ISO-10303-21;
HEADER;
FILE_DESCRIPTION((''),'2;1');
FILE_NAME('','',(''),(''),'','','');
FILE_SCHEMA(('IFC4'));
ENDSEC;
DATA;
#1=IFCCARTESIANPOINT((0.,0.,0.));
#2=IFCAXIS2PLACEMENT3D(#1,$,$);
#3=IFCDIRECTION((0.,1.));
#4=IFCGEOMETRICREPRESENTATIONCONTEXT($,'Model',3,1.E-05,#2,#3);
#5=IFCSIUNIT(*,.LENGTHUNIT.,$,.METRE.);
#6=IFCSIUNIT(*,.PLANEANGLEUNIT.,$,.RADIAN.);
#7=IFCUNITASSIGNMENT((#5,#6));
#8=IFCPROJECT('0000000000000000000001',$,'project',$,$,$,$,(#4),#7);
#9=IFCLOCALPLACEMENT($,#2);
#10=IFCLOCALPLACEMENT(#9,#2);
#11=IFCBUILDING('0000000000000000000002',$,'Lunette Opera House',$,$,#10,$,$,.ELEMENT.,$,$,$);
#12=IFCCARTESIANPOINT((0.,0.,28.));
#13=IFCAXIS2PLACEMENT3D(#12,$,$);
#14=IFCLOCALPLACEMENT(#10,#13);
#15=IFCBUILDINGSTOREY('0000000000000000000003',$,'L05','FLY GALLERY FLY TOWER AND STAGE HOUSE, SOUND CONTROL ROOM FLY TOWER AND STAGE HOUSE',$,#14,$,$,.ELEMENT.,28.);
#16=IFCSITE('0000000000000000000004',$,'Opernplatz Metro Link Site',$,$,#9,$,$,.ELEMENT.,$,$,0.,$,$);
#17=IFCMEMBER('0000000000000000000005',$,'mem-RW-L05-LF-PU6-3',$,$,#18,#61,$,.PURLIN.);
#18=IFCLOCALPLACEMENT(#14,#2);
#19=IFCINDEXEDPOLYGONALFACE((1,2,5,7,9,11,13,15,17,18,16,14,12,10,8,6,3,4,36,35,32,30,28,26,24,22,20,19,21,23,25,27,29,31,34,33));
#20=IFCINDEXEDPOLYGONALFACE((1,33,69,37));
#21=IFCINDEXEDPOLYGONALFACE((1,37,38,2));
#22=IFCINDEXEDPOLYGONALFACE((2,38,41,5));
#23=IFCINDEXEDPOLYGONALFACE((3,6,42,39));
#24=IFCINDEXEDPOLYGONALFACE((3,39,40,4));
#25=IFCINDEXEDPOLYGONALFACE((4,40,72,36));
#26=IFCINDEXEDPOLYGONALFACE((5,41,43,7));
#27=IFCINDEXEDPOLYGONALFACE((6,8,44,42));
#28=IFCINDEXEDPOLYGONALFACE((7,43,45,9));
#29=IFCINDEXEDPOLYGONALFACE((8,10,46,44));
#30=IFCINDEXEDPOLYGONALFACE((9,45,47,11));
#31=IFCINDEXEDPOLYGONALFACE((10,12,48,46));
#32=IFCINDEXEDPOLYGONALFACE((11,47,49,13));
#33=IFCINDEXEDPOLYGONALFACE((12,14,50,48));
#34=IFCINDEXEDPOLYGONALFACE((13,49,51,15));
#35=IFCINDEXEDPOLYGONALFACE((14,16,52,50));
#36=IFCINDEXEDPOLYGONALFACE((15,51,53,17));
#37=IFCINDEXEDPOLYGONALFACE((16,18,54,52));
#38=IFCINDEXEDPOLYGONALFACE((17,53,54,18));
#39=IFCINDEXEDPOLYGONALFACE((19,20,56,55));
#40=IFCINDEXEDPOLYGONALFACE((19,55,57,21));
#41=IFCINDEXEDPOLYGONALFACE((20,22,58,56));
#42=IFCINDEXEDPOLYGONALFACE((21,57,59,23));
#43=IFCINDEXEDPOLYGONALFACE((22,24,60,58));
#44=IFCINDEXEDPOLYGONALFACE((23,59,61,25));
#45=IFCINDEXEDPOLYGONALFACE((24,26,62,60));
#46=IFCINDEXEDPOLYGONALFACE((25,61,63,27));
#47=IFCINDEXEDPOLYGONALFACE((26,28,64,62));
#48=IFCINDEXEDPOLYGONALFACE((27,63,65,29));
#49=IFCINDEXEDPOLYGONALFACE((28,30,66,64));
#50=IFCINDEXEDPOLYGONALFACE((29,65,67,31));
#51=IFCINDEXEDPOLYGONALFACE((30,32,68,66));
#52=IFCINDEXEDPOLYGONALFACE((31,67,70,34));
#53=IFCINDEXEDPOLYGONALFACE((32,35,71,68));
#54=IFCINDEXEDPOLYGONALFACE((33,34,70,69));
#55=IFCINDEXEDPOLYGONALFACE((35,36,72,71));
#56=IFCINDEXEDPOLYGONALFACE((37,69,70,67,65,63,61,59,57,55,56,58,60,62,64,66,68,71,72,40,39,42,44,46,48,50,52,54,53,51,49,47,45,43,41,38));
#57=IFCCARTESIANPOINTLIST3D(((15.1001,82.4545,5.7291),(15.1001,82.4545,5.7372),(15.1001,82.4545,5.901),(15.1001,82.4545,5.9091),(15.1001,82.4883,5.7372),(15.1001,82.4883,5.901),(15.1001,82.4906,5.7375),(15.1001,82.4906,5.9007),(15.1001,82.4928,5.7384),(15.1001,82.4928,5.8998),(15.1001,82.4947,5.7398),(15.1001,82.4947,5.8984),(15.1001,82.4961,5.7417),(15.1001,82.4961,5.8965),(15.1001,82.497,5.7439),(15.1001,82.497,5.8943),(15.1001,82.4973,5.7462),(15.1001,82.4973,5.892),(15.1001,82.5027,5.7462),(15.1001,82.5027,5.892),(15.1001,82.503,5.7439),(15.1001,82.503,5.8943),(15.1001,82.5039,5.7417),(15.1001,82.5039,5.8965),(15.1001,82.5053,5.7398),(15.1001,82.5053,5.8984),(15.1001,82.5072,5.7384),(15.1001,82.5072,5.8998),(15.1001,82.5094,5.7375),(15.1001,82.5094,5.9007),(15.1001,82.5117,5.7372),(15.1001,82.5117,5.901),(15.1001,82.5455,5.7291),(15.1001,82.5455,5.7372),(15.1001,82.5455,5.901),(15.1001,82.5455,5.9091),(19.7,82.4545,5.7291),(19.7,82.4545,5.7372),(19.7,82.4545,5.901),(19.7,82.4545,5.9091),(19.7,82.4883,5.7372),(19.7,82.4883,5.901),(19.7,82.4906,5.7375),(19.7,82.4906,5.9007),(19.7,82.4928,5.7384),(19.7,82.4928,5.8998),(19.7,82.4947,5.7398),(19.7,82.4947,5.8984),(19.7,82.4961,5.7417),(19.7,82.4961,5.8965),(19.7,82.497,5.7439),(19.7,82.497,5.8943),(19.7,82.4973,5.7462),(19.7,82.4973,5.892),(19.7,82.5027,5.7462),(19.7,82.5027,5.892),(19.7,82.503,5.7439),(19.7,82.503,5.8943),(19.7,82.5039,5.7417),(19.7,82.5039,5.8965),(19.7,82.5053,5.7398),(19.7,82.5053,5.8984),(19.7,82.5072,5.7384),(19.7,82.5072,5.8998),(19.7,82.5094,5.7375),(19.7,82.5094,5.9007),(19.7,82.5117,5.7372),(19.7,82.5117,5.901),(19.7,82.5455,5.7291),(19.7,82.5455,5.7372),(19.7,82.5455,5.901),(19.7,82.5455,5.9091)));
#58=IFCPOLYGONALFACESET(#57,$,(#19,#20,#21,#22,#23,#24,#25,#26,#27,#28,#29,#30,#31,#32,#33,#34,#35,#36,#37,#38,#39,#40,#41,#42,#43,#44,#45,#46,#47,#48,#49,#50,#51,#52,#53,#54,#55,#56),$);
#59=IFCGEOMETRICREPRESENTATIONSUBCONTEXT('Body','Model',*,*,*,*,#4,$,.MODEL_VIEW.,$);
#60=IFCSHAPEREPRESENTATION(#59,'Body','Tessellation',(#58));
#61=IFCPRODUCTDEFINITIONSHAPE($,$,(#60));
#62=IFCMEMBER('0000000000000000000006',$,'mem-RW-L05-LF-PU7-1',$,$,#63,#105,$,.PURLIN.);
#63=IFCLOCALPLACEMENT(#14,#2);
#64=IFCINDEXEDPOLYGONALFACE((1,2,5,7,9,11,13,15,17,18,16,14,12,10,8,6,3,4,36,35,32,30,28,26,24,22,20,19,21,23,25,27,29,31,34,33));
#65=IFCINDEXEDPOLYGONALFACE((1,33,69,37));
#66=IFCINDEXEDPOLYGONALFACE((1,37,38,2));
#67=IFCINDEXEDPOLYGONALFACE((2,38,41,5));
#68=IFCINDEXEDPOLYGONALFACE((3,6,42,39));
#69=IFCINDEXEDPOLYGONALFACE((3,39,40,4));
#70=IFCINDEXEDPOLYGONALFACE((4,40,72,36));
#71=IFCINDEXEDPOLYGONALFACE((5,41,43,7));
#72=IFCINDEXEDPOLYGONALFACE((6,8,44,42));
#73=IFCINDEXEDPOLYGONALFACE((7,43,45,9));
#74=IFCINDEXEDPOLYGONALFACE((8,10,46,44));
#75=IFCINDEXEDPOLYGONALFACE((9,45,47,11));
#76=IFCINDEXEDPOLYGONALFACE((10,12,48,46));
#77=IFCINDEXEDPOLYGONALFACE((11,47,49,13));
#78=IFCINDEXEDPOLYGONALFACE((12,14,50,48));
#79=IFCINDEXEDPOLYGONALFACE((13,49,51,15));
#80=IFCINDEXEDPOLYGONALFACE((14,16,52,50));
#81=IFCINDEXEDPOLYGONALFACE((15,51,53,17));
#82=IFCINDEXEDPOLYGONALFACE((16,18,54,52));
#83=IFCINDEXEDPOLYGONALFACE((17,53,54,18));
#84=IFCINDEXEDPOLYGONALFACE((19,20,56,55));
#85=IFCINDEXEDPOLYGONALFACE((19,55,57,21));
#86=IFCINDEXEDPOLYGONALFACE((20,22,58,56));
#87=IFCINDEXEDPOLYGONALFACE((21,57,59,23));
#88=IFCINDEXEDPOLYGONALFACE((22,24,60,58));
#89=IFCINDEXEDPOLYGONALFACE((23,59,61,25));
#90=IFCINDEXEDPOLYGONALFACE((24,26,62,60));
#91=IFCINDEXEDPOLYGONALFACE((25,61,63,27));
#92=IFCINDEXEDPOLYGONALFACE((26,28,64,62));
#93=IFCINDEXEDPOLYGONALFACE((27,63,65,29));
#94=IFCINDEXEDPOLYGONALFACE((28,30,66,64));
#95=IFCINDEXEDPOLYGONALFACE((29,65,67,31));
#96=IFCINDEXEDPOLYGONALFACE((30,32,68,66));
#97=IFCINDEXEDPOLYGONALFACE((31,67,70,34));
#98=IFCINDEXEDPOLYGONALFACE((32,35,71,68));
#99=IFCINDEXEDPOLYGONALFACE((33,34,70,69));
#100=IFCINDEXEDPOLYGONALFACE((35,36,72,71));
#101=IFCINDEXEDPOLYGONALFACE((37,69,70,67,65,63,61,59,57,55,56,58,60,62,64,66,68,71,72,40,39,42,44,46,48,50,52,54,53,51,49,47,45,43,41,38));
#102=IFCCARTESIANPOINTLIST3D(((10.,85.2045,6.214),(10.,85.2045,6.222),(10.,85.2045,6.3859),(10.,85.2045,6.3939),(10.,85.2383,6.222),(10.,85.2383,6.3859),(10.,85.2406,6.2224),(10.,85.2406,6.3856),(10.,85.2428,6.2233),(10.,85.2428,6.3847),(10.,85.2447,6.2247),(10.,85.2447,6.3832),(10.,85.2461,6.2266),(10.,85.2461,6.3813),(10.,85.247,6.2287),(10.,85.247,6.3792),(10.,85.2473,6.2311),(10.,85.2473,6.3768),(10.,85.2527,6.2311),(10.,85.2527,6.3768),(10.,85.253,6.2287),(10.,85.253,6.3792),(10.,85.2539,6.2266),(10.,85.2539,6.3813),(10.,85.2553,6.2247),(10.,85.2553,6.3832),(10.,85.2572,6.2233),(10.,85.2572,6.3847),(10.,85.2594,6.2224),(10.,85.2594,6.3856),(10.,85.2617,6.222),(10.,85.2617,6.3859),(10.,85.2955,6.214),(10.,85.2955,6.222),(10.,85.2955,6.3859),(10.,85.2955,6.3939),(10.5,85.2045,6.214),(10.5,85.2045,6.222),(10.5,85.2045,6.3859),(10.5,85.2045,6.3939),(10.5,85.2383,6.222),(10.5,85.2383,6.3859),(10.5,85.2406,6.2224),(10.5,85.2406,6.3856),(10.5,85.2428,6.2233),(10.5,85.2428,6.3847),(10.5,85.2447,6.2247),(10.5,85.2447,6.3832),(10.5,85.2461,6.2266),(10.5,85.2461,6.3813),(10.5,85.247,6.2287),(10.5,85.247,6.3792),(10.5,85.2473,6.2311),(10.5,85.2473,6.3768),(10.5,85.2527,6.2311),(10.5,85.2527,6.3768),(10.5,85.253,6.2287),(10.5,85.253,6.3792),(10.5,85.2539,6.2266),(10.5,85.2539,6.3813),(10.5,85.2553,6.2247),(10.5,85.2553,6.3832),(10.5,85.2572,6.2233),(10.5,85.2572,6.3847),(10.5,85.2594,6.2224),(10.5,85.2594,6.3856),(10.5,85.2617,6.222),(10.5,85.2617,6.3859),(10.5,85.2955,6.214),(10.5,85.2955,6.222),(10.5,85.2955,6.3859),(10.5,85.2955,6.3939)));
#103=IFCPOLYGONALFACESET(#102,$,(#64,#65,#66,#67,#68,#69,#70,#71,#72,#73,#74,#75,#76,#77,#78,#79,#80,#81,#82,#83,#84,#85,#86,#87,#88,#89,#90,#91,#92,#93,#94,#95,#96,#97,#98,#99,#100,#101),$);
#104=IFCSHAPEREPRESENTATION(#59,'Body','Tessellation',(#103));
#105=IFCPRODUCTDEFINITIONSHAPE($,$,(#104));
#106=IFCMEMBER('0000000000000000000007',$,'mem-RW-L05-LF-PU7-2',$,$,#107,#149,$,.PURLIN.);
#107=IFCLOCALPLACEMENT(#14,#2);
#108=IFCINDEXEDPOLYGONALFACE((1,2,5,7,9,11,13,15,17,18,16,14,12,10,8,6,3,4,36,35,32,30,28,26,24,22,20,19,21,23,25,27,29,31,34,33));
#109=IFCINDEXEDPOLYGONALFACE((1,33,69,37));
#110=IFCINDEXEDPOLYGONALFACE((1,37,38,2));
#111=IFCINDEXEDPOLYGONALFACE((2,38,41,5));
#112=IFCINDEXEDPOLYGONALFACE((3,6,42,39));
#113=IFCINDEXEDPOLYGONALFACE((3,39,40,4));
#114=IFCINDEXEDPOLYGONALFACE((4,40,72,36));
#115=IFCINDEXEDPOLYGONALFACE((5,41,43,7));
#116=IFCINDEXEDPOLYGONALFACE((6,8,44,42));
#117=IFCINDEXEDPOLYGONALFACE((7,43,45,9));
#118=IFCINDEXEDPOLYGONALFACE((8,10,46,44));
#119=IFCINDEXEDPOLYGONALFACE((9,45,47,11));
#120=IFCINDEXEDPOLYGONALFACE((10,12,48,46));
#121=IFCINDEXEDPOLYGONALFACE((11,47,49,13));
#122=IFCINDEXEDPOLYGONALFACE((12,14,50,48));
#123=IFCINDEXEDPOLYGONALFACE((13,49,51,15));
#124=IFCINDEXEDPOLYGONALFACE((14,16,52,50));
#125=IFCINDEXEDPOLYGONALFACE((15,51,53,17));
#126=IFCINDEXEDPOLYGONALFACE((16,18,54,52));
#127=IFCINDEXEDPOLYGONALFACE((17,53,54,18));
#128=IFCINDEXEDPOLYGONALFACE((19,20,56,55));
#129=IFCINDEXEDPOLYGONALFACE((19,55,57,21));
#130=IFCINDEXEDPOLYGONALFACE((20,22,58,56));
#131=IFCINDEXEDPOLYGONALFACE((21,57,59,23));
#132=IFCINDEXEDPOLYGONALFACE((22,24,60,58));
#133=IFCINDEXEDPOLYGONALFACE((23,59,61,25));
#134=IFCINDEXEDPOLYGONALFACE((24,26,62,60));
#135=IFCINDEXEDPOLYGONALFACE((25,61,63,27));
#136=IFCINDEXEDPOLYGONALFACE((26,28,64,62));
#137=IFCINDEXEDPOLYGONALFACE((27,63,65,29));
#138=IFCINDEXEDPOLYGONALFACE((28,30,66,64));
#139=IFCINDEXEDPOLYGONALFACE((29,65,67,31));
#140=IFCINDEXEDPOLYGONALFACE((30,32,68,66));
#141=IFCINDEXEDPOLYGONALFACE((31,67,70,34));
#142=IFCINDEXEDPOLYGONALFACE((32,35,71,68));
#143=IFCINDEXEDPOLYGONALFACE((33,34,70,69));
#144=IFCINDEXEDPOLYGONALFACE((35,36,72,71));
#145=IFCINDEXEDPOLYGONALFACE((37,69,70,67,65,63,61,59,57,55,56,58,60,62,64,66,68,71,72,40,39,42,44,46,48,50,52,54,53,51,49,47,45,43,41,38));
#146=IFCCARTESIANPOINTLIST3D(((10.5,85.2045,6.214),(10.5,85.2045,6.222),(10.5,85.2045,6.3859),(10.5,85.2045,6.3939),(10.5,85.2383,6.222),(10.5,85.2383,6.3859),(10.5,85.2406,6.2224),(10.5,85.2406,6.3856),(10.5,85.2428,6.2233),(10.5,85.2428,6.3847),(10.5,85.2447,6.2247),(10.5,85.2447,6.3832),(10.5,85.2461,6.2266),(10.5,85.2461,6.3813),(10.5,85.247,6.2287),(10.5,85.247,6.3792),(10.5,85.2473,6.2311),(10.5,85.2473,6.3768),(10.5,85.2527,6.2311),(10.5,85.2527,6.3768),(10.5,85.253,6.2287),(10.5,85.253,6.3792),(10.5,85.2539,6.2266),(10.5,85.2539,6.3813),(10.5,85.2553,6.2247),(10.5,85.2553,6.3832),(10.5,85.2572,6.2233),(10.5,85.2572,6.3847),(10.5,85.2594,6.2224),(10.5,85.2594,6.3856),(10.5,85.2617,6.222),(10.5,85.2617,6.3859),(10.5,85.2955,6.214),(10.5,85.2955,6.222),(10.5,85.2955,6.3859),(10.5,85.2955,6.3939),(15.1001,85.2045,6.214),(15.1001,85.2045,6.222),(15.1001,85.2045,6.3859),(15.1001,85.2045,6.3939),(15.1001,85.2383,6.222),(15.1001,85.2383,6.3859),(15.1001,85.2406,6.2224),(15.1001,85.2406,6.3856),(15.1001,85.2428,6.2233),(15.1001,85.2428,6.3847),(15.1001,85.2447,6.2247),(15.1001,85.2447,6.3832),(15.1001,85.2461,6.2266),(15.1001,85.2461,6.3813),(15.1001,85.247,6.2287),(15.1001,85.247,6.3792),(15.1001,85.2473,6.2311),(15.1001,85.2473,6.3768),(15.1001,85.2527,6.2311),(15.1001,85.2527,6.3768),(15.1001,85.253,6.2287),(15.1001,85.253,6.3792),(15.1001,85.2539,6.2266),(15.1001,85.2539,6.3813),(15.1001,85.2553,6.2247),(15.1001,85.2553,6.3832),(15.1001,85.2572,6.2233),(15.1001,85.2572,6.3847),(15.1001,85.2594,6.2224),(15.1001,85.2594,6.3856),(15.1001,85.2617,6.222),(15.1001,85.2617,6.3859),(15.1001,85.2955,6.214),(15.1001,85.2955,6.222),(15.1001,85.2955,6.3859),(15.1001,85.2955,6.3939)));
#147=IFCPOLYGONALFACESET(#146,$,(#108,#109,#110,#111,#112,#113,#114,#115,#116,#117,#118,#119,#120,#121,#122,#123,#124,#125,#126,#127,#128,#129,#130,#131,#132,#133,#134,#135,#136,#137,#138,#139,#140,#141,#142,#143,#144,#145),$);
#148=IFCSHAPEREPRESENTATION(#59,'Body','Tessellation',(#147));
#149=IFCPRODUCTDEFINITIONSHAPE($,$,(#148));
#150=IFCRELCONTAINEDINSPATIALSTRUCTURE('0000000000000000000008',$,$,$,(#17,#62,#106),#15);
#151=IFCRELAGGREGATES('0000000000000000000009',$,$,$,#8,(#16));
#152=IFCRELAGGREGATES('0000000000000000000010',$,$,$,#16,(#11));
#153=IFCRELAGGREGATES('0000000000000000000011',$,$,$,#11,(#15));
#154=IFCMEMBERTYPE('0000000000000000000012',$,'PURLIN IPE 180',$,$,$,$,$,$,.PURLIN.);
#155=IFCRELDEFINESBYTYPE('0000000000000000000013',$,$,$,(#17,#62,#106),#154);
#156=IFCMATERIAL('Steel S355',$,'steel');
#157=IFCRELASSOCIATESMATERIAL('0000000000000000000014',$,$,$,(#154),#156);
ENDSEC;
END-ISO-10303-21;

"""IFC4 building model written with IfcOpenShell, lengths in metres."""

from ifc_helpers import new_model, si_unit, direction, frame, origin, origin_2d, place, context, subcontext, project, spatial, i_section, extrude, material, material_profile, profile_set, type_object, element, save


model = new_model("IFC4")

# Units and contexts
model_context = context("Model", 3, precision=1e-05, world=origin(), true_north=direction((0.0, 1.0)))
body_context = subcontext(model_context, "Body", "Model", "MODEL_VIEW")
ifc_project = project(units=[si_unit("LENGTHUNIT", "METRE"), si_unit("PLANEANGLEUNIT", "RADIAN")], contexts=[model_context])

# Site, building, storey
site_placement = place(None, origin())
site = spatial("IfcSite", under=ifc_project, at=site_placement, Name="Opernplatz Metro Link Site", CompositionType="ELEMENT", RefElevation=0.0)
building_placement = place(site_placement, origin())
building = spatial("IfcBuilding", under=site, at=building_placement, Name="Lunette Opera House", CompositionType="ELEMENT")
storey_placement = place(building_placement, frame((0.0, 0.0, 28.0)))
storey = spatial("IfcBuildingStorey", under=building, at=storey_placement, Name="L05", Description="FLY GALLERY FLY TOWER AND STAGE HOUSE, SOUND CONTROL ROOM FLY TOWER AND STAGE HOUSE", CompositionType="ELEMENT", Elevation=28.0)

# Members
ifc_material_1 = material(Name="Steel S355", Category="steel")
ifc_material_profile_1 = material_profile(ifc_material_1, i_section(OverallWidth=0.0911, OverallDepth=0.1799, WebThickness=0.0054, FlangeThickness=0.0081, FilletRadius=0.009, at=origin_2d()), Name="IPE 180")
ifc_profile_set_1 = profile_set([ifc_material_profile_1], Name="Steel S355")
member_type_1 = type_object("IfcMemberType", Name="PURLIN IPE 180", PredefinedType="PURLIN", material=ifc_profile_set_1)
member_1_placement = place(storey_placement, frame((15.1001, 82.5, 5.8191), z_axis=(1.0, 0.0, 0.0), x_axis=(0.0, 1.0, 0.0)))
element("IfcMember", 1, at=member_1_placement, inside=storey, type_object=member_type_1, Name="mem-RW-L05-LF-PU6-3", PredefinedType="PURLIN", context=body_context, shape_type="SweptSolid", body=[
    extrude(i_section(OverallWidth=0.0911, OverallDepth=0.1799, WebThickness=0.0054, FlangeThickness=0.0081, FilletRadius=0.009, at=origin_2d()), origin(), (0.0, 0.0, 1.0), 4.5999),
])
member_2_placement = place(storey_placement, frame((10.0, 85.25, 6.304), z_axis=(1.0, 0.0, 0.0), x_axis=(0.0, 1.0, 0.0)))
element("IfcMember", 2, at=member_2_placement, inside=storey, type_object=member_type_1, Name="mem-RW-L05-LF-PU7-1", PredefinedType="PURLIN", context=body_context, shape_type="SweptSolid", body=[
    extrude(i_section(OverallWidth=0.0911, OverallDepth=0.1799, WebThickness=0.0054, FlangeThickness=0.0081, FilletRadius=0.009, at=origin_2d()), origin(), (0.0, 0.0, 1.0), 0.5),
])
member_3_placement = place(storey_placement, frame((10.5, 85.25, 6.304), z_axis=(1.0, 0.0, 0.0), x_axis=(0.0, 1.0, 0.0)))
element("IfcMember", 3, at=member_3_placement, inside=storey, type_object=member_type_1, Name="mem-RW-L05-LF-PU7-2", PredefinedType="PURLIN", context=body_context, shape_type="SweptSolid", body=[
    extrude(i_section(OverallWidth=0.0911, OverallDepth=0.1799, WebThickness=0.0054, FlangeThickness=0.0081, FilletRadius=0.009, at=origin_2d()), origin(), (0.0, 0.0, 1.0), 4.6001),
])

save(model, "model.ifc")
